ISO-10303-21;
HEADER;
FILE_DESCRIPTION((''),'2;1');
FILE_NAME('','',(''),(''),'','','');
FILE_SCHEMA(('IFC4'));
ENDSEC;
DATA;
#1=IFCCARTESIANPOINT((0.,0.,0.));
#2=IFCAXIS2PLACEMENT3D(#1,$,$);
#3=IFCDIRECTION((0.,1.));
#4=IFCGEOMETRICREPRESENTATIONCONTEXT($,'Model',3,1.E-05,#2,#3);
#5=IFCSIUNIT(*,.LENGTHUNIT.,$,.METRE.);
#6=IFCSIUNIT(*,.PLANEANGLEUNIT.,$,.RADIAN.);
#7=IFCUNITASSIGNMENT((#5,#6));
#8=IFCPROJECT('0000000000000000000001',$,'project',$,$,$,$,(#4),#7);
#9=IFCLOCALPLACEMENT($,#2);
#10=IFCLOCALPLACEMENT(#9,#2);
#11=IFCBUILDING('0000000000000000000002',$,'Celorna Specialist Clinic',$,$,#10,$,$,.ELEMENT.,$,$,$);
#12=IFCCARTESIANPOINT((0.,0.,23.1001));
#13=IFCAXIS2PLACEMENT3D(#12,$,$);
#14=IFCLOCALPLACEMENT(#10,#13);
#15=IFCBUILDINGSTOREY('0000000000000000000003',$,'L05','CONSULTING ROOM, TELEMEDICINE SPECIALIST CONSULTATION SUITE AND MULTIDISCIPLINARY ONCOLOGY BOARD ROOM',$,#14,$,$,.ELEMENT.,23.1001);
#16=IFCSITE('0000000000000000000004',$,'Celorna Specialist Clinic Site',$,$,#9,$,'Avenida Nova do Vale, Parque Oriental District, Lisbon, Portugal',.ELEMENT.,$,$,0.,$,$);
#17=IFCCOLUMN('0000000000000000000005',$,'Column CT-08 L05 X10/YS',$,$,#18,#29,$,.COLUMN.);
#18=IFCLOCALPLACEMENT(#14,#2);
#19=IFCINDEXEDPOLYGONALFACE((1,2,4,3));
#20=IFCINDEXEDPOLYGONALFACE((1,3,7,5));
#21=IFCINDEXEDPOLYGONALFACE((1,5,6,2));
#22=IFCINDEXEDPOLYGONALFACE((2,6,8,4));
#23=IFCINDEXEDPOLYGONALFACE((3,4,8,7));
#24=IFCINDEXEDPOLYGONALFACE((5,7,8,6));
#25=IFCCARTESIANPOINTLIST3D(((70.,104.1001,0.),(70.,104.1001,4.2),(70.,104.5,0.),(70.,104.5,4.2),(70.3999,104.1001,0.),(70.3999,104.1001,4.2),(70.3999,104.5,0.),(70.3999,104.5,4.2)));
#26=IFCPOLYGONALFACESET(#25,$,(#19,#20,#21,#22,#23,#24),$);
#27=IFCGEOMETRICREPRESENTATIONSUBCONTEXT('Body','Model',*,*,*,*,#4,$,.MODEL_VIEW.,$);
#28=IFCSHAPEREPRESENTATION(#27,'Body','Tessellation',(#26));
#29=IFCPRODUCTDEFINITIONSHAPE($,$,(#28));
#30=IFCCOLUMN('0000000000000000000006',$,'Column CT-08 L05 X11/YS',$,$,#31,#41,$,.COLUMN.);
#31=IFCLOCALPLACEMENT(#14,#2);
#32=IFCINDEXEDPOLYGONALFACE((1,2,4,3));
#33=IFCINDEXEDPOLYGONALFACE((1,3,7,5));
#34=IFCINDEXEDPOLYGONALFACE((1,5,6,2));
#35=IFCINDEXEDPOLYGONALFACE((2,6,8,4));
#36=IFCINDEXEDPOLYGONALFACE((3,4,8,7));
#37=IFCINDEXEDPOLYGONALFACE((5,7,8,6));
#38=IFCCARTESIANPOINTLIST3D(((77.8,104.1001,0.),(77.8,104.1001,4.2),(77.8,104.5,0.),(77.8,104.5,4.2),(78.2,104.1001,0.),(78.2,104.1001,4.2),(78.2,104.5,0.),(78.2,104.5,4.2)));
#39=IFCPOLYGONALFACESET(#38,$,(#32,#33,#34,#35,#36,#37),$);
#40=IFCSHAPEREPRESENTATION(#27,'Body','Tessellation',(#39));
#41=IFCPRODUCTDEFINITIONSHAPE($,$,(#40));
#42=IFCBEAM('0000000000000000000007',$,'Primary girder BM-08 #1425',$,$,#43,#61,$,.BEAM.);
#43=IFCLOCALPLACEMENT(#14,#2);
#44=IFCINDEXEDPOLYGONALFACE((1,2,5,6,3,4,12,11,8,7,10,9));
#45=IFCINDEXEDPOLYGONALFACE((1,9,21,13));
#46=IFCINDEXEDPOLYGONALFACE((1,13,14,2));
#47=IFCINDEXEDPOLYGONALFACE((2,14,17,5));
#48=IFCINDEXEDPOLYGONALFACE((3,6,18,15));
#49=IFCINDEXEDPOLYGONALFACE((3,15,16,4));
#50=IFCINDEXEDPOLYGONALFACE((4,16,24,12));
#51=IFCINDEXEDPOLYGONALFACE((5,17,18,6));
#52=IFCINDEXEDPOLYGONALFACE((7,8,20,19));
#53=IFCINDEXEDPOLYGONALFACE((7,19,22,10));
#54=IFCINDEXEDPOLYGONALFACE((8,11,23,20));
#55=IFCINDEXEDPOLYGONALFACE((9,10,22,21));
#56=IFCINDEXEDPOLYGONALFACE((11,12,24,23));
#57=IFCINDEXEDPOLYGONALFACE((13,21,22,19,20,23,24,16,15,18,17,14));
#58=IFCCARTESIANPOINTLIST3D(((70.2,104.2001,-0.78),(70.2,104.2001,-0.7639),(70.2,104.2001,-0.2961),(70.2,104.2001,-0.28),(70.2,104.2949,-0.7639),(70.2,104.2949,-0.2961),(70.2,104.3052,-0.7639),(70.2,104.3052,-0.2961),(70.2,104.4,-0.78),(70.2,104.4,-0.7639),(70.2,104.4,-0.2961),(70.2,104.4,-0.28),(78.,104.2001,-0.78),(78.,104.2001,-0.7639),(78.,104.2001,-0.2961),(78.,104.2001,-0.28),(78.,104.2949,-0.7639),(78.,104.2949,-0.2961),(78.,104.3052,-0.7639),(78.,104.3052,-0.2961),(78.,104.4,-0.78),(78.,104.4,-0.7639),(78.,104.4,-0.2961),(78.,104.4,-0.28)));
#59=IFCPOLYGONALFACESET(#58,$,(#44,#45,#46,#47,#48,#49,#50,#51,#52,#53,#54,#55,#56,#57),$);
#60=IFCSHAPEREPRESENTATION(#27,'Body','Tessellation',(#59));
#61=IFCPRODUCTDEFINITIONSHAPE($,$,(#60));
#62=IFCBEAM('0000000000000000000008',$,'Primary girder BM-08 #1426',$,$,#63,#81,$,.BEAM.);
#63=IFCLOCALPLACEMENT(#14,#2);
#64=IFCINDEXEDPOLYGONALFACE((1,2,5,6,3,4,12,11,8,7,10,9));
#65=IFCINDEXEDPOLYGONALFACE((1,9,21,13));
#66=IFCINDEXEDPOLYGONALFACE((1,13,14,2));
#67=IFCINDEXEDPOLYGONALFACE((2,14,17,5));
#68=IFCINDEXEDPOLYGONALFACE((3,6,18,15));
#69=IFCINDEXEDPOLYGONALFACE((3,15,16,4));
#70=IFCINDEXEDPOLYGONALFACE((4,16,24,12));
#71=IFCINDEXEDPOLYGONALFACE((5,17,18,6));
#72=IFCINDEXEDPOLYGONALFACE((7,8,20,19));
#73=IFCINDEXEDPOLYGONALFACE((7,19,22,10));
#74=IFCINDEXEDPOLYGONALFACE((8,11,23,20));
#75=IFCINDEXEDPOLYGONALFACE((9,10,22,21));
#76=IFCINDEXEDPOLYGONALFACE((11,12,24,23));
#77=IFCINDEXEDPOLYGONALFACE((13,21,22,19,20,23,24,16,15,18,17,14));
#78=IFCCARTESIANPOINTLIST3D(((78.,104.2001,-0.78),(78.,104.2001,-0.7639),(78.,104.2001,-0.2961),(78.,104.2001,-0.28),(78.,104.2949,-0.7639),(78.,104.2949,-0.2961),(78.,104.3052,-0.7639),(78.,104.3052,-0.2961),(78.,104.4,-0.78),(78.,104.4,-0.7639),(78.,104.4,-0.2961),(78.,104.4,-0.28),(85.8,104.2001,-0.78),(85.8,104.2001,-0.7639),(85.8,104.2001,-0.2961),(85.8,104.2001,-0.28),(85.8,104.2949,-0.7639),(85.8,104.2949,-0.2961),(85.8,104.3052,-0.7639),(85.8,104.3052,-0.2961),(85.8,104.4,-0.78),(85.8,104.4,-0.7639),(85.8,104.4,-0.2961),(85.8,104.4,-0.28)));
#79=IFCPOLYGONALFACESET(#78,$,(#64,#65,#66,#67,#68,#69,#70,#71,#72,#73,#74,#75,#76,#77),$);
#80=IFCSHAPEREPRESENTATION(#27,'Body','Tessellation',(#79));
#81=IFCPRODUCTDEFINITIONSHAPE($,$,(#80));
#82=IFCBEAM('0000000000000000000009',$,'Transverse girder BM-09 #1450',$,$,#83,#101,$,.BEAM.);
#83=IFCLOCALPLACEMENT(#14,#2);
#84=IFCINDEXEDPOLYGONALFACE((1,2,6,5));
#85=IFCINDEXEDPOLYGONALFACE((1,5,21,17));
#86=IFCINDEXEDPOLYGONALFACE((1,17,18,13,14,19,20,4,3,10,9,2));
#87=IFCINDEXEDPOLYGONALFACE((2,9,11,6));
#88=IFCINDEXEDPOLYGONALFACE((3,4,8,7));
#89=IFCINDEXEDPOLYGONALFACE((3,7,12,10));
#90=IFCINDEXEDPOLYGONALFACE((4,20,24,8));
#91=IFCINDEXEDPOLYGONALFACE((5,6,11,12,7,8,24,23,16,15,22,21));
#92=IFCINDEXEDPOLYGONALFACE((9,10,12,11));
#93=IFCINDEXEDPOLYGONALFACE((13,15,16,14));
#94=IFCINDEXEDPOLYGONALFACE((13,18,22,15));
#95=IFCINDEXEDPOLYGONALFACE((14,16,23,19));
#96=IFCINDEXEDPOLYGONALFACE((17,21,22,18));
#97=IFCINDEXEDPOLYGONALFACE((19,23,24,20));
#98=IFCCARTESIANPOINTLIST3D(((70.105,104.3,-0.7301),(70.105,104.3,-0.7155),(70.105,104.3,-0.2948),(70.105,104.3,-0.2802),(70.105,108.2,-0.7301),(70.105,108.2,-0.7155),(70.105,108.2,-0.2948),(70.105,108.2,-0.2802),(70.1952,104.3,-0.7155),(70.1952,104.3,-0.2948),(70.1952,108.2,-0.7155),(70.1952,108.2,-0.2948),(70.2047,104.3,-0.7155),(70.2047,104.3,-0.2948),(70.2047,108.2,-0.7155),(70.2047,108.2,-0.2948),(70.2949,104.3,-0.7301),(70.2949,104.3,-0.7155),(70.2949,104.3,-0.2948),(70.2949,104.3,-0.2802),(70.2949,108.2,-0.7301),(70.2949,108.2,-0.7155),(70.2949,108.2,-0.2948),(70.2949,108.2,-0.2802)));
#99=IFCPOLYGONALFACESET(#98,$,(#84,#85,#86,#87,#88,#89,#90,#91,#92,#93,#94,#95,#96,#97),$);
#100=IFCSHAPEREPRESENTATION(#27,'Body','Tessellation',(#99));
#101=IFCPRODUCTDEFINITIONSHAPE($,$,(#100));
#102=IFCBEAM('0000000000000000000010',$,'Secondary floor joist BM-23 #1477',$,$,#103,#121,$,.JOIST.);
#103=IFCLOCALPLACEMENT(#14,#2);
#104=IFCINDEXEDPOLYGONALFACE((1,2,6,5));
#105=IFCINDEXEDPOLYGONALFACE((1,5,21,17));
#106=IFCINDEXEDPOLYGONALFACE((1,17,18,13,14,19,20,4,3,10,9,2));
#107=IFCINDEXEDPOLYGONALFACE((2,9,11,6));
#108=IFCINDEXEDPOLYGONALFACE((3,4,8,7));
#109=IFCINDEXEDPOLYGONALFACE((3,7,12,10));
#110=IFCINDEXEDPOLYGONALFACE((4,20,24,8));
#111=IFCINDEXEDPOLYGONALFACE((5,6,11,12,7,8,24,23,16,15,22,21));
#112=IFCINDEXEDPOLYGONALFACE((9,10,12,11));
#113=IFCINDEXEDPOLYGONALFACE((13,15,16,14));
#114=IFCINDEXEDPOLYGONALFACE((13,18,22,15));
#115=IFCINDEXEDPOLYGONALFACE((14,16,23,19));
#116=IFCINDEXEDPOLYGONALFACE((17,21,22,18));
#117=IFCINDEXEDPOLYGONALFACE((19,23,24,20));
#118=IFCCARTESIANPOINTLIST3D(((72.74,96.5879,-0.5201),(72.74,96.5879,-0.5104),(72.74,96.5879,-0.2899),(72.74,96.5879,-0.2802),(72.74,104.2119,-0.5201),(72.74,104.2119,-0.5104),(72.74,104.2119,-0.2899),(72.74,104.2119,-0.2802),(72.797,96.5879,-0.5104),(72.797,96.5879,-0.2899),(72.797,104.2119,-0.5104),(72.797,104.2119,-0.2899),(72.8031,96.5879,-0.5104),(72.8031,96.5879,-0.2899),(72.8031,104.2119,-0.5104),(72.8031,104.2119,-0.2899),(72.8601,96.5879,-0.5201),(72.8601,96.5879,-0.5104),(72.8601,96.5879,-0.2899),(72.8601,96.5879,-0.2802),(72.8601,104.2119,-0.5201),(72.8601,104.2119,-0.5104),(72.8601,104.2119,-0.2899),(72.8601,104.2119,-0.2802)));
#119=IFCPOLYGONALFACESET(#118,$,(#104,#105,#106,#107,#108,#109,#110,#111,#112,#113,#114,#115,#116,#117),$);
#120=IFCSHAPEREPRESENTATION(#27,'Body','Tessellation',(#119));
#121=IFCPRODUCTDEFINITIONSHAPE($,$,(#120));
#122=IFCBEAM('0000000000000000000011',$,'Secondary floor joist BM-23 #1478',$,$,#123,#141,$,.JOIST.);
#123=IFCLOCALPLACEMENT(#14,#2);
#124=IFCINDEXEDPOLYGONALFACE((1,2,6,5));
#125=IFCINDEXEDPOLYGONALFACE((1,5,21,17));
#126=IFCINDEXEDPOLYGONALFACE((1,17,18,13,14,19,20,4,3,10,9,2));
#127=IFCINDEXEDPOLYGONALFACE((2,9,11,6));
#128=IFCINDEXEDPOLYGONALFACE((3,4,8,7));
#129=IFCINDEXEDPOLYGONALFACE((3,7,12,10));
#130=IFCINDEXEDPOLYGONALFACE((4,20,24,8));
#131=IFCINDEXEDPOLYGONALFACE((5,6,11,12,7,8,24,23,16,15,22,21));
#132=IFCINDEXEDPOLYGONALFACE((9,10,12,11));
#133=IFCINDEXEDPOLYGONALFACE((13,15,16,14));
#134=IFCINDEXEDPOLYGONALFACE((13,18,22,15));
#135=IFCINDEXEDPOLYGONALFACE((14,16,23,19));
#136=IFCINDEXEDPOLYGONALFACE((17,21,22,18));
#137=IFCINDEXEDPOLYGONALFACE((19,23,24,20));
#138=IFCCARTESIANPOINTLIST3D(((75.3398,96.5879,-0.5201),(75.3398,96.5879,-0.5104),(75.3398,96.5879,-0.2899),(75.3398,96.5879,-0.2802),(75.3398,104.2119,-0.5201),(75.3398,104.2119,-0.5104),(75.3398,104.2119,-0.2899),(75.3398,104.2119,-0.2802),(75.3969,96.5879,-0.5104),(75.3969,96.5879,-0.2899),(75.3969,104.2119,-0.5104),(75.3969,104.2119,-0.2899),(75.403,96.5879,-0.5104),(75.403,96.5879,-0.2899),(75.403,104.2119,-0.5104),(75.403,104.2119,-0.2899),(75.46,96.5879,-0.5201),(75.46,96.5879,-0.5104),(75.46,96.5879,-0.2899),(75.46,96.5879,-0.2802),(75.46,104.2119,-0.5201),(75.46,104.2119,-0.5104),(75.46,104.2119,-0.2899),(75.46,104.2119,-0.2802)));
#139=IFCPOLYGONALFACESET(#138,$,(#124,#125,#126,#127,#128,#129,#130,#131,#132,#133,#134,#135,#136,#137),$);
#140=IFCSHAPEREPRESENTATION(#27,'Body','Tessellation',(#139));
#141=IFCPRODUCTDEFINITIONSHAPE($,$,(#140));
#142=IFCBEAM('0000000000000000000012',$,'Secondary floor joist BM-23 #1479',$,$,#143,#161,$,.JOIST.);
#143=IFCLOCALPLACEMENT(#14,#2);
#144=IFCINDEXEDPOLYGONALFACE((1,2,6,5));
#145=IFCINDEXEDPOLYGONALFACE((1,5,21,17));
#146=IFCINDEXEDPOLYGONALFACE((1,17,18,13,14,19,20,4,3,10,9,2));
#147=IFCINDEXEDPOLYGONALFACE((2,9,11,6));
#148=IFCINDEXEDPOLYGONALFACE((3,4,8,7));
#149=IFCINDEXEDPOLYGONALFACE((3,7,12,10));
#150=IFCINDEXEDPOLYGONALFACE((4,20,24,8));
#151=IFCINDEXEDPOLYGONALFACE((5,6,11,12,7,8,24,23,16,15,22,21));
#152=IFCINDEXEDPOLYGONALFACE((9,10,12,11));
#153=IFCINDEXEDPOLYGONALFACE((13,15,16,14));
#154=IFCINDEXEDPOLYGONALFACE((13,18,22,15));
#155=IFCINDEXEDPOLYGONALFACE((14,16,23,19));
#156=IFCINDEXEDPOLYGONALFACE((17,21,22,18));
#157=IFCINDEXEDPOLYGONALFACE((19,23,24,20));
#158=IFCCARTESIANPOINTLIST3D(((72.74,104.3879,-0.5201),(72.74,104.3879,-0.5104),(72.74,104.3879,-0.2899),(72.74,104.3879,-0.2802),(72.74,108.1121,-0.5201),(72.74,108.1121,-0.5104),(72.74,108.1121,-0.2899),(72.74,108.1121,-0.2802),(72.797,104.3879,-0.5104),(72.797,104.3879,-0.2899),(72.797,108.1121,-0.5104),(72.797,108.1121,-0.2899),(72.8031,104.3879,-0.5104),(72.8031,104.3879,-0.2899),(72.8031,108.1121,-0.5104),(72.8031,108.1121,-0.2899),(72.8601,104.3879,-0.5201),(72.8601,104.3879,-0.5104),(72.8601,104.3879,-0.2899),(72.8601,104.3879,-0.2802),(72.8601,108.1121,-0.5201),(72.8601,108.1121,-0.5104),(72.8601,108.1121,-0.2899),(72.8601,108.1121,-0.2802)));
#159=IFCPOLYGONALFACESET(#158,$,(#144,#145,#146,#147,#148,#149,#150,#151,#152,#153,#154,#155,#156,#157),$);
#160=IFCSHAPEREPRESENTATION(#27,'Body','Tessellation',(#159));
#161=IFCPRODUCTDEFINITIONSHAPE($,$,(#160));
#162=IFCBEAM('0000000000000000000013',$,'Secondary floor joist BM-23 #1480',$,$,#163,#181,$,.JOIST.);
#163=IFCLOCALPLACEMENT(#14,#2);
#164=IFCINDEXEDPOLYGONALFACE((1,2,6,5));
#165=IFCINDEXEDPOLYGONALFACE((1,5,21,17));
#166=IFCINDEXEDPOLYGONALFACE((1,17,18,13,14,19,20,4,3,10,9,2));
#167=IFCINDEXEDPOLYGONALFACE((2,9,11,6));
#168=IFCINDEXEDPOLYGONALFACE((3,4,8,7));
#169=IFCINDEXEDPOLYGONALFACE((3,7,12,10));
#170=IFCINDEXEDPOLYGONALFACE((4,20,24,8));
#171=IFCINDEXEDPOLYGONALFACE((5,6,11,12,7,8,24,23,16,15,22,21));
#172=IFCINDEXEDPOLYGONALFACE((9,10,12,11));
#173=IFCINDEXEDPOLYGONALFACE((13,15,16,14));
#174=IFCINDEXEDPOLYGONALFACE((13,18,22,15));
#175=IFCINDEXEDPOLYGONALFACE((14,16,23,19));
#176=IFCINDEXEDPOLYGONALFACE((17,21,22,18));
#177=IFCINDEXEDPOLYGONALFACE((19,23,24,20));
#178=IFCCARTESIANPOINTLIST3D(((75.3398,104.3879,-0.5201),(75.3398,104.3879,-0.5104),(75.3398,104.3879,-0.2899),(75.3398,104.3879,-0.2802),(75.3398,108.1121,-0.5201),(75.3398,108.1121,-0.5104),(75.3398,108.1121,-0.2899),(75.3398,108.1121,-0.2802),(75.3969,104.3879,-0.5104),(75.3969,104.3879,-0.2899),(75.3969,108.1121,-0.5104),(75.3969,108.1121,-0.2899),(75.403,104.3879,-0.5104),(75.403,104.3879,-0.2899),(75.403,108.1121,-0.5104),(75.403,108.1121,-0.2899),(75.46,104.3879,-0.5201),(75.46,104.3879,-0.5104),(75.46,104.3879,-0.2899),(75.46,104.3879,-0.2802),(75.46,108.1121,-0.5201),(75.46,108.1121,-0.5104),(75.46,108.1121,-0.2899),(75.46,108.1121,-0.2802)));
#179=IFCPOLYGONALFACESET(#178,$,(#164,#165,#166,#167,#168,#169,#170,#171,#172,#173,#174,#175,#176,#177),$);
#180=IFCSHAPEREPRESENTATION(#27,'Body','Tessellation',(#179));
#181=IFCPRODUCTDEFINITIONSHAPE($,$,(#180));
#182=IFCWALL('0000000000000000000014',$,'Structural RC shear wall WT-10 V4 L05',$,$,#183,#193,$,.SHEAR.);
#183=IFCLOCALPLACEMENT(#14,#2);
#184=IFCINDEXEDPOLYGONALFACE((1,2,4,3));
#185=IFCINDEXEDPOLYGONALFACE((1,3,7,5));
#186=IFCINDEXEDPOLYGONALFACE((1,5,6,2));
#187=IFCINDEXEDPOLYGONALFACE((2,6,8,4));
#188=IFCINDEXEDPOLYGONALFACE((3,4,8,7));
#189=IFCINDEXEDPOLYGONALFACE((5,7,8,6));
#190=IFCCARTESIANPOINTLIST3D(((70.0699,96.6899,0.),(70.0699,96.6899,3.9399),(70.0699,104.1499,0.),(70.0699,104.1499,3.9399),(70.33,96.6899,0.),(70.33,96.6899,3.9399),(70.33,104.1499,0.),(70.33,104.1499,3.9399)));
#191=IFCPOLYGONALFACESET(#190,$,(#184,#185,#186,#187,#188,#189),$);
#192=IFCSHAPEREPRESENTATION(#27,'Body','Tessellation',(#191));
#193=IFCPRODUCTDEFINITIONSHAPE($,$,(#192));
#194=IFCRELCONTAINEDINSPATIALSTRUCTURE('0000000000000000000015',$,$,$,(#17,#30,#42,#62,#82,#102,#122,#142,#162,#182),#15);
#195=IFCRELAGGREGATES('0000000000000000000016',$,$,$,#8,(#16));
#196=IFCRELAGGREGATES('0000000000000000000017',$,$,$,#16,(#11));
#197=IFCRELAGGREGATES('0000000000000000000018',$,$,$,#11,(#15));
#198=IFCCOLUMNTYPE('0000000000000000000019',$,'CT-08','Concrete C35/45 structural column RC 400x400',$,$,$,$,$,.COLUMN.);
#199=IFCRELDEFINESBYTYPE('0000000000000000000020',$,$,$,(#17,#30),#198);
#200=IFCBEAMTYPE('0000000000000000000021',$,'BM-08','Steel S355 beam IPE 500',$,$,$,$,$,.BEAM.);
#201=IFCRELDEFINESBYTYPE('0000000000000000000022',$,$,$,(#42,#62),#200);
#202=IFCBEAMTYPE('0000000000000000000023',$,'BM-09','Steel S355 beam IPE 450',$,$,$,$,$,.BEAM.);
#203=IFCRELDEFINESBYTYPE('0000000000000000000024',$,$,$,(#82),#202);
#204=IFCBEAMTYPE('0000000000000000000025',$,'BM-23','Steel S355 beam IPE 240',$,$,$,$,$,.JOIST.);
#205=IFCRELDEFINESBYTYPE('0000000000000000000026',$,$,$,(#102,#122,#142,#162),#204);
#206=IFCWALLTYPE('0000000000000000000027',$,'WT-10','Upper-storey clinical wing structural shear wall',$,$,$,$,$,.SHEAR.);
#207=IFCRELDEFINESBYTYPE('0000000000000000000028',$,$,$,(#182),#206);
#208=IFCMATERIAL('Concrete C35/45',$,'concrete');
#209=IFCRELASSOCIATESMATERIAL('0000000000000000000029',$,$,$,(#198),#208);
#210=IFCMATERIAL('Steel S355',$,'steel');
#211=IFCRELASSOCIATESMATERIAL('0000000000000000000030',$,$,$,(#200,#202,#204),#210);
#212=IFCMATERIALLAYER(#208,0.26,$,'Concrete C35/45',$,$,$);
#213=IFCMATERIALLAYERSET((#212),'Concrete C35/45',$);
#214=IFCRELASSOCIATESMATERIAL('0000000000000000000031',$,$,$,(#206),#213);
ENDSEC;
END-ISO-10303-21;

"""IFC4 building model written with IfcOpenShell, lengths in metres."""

from ifc_helpers import new_model, si_unit, direction, frame, frame_2d, origin, origin_2d, place, context, subcontext, project, spatial, rectangle, i_section, extrude, material, layer, layer_set, material_profile, profile_set, type_object, element, save


model = new_model("IFC4")

# Units and contexts
model_context = context("Model", 3, precision=1e-05, world=origin(), true_north=direction((0.0, 1.0)))
body_context = subcontext(model_context, "Body", "Model", "MODEL_VIEW")
ifc_project = project(units=[si_unit("LENGTHUNIT", "METRE"), si_unit("PLANEANGLEUNIT", "RADIAN")], contexts=[model_context])

# Site, building, storey
site_placement = place(None, origin())
site = spatial("IfcSite", under=ifc_project, at=site_placement, Name="Celorna Specialist Clinic Site", LongName="Avenida Nova do Vale, Parque Oriental District, Lisbon, Portugal", CompositionType="ELEMENT", RefElevation=0.0)
building_placement = place(site_placement, origin())
building = spatial("IfcBuilding", under=site, at=building_placement, Name="Celorna Specialist Clinic", CompositionType="ELEMENT")
storey_placement = place(building_placement, frame((0.0, 0.0, 23.1001)))
storey = spatial("IfcBuildingStorey", under=building, at=storey_placement, Name="L05", Description="CONSULTING ROOM, TELEMEDICINE SPECIALIST CONSULTATION SUITE AND MULTIDISCIPLINARY ONCOLOGY BOARD ROOM", CompositionType="ELEMENT", Elevation=23.1001)

# Columns
ifc_material_1 = material(Name="Concrete C35/45", Category="concrete")
ifc_material_profile_1 = material_profile(ifc_material_1, rectangle(XDim=0.3999, YDim=0.3999, at=origin_2d()), Name="RC 400x400")
ifc_profile_set_1 = profile_set([ifc_material_profile_1], Name="Concrete C35/45")
column_type = type_object("IfcColumnType", Name="CT-08", Description="Concrete C35/45 structural column RC 400x400", PredefinedType="COLUMN", material=ifc_profile_set_1)
for number, where, z_axis, x_axis, name in (
    (1, (70.2, 104.3, 0.0), (0.0, 0.0, 1.0), (1.0, 0.0, 0.0), "Column CT-08 L05 X10/YS"),
    (2, (78.0, 104.3, 0.0), (0.0, 0.0, 1.0), (1.0, 0.0, 0.0), "Column CT-08 L05 X11/YS"),
):
    element("IfcColumn", number, at=place(storey_placement, frame(where, z_axis=z_axis, x_axis=x_axis)), inside=storey, type_object=column_type, Name=name, PredefinedType="COLUMN", context=body_context, shape_type="SweptSolid", body=[
        extrude(rectangle(XDim=0.3999, YDim=0.3999, at=origin_2d()), origin(), (0.0, 0.0, 1.0), 4.2),
    ])

# Beams
ifc_material_2 = material(Name="Steel S355", Category="steel")
ifc_material_profile_2 = material_profile(ifc_material_2, i_section(OverallWidth=0.2, OverallDepth=0.5, WebThickness=0.0103, FlangeThickness=0.0161, at=origin_2d()), Name="IPE 500")
ifc_profile_set_2 = profile_set([ifc_material_profile_2], Name="Steel S355")
beam_type_1 = type_object("IfcBeamType", Name="BM-08", Description="Steel S355 beam IPE 500", PredefinedType="BEAM", material=ifc_profile_set_2)
for number, where, z_axis, x_axis, name in (
    (3, (70.2, 104.3, -0.53), (1.0, 0.0, 0.0), (0.0, 1.0, 0.0), "Primary girder BM-08 #1425"),
    (4, (78.0, 104.3, -0.53), (1.0, 0.0, 0.0), (0.0, 1.0, 0.0), "Primary girder BM-08 #1426"),
):
    element("IfcBeam", number, at=place(storey_placement, frame(where, z_axis=z_axis, x_axis=x_axis)), inside=storey, type_object=beam_type_1, Name=name, PredefinedType="BEAM", context=body_context, shape_type="SweptSolid", body=[
        extrude(i_section(OverallWidth=0.2, OverallDepth=0.5, WebThickness=0.0103, FlangeThickness=0.0161, at=origin_2d()), origin(), (0.0, 0.0, 1.0), 7.8),
    ])
ifc_material_profile_3 = material_profile(ifc_material_2, i_section(OverallWidth=0.1899, OverallDepth=0.45, WebThickness=0.0095, FlangeThickness=0.0146, at=origin_2d()), Name="IPE 450")
ifc_profile_set_3 = profile_set([ifc_material_profile_3], Name="Steel S355")
beam_type_2 = type_object("IfcBeamType", Name="BM-09", Description="Steel S355 beam IPE 450", PredefinedType="BEAM", material=ifc_profile_set_3)
beam_placement = place(storey_placement, frame((70.2, 104.3, -0.5051), z_axis=(0.0, 1.0, 0.0), x_axis=(-1.0, 0.0, 0.0)))
element("IfcBeam", 5, at=beam_placement, inside=storey, type_object=beam_type_2, Name="Transverse girder BM-09 #1450", PredefinedType="BEAM", context=body_context, shape_type="SweptSolid", body=[
    extrude(i_section(OverallWidth=0.1899, OverallDepth=0.45, WebThickness=0.0095, FlangeThickness=0.0146, at=origin_2d()), origin(), (0.0, 0.0, 1.0), 3.8999),
])
ifc_material_profile_4 = material_profile(ifc_material_2, i_section(OverallWidth=0.1201, OverallDepth=0.24, WebThickness=0.0061, FlangeThickness=0.0098, at=origin_2d()), Name="IPE 240")
ifc_profile_set_4 = profile_set([ifc_material_profile_4], Name="Steel S355")
beam_type_3 = type_object("IfcBeamType", Name="BM-23", Description="Steel S355 beam IPE 240", PredefinedType="JOIST", material=ifc_profile_set_4)
for number, where, z_axis, x_axis, name in (
    (6, (72.8, 96.5879, -0.4001), (0.0, 1.0, 0.0), (-1.0, 0.0, 0.0), "Secondary floor joist BM-23 #1477"),
    (7, (75.3999, 96.5879, -0.4001), (0.0, 1.0, 0.0), (-1.0, 0.0, 0.0), "Secondary floor joist BM-23 #1478"),
):
    element("IfcBeam", number, at=place(storey_placement, frame(where, z_axis=z_axis, x_axis=x_axis)), inside=storey, type_object=beam_type_3, Name=name, PredefinedType="JOIST", context=body_context, shape_type="SweptSolid", body=[
        extrude(i_section(OverallWidth=0.1201, OverallDepth=0.24, WebThickness=0.0061, FlangeThickness=0.0098, at=origin_2d()), origin(), (0.0, 0.0, 1.0), 7.624),
    ])
for number, where, z_axis, x_axis, name in (
    (8, (72.8, 104.3879, -0.4001), (0.0, 1.0, 0.0), (-1.0, 0.0, 0.0), "Secondary floor joist BM-23 #1479"),
    (9, (75.3999, 104.3879, -0.4001), (0.0, 1.0, 0.0), (-1.0, 0.0, 0.0), "Secondary floor joist BM-23 #1480"),
):
    element("IfcBeam", number, at=place(storey_placement, frame(where, z_axis=z_axis, x_axis=x_axis)), inside=storey, type_object=beam_type_3, Name=name, PredefinedType="JOIST", context=body_context, shape_type="SweptSolid", body=[
        extrude(i_section(OverallWidth=0.1201, OverallDepth=0.24, WebThickness=0.0061, FlangeThickness=0.0098, at=origin_2d()), origin(), (0.0, 0.0, 1.0), 3.7241),
    ])

# Wall
ifc_layer_1 = layer(ifc_material_1, 0.26, Name="Concrete C35/45")
ifc_layer_set_1 = layer_set([ifc_layer_1], Name="Concrete C35/45")
wall_type_1 = type_object("IfcWallType", Name="WT-10", Description="Upper-storey clinical wing structural shear wall", PredefinedType="SHEAR", material=ifc_layer_set_1)
wall_1_placement = place(storey_placement, frame((70.2, 96.6899, 0.0), z_axis=(0.0, 0.0, 1.0), x_axis=(0.0, 1.0, 0.0)))
element("IfcWall", 10, at=wall_1_placement, inside=storey, type_object=wall_type_1, Name="Structural RC shear wall WT-10 V4 L05", PredefinedType="SHEAR", context=body_context, shape_type="SweptSolid", body=[
    extrude(rectangle(XDim=7.46, YDim=0.26, at=frame_2d((3.73, 0.0))), origin(), (0.0, 0.0, 1.0), 3.9399),
])

save(model, "model.ifc")
